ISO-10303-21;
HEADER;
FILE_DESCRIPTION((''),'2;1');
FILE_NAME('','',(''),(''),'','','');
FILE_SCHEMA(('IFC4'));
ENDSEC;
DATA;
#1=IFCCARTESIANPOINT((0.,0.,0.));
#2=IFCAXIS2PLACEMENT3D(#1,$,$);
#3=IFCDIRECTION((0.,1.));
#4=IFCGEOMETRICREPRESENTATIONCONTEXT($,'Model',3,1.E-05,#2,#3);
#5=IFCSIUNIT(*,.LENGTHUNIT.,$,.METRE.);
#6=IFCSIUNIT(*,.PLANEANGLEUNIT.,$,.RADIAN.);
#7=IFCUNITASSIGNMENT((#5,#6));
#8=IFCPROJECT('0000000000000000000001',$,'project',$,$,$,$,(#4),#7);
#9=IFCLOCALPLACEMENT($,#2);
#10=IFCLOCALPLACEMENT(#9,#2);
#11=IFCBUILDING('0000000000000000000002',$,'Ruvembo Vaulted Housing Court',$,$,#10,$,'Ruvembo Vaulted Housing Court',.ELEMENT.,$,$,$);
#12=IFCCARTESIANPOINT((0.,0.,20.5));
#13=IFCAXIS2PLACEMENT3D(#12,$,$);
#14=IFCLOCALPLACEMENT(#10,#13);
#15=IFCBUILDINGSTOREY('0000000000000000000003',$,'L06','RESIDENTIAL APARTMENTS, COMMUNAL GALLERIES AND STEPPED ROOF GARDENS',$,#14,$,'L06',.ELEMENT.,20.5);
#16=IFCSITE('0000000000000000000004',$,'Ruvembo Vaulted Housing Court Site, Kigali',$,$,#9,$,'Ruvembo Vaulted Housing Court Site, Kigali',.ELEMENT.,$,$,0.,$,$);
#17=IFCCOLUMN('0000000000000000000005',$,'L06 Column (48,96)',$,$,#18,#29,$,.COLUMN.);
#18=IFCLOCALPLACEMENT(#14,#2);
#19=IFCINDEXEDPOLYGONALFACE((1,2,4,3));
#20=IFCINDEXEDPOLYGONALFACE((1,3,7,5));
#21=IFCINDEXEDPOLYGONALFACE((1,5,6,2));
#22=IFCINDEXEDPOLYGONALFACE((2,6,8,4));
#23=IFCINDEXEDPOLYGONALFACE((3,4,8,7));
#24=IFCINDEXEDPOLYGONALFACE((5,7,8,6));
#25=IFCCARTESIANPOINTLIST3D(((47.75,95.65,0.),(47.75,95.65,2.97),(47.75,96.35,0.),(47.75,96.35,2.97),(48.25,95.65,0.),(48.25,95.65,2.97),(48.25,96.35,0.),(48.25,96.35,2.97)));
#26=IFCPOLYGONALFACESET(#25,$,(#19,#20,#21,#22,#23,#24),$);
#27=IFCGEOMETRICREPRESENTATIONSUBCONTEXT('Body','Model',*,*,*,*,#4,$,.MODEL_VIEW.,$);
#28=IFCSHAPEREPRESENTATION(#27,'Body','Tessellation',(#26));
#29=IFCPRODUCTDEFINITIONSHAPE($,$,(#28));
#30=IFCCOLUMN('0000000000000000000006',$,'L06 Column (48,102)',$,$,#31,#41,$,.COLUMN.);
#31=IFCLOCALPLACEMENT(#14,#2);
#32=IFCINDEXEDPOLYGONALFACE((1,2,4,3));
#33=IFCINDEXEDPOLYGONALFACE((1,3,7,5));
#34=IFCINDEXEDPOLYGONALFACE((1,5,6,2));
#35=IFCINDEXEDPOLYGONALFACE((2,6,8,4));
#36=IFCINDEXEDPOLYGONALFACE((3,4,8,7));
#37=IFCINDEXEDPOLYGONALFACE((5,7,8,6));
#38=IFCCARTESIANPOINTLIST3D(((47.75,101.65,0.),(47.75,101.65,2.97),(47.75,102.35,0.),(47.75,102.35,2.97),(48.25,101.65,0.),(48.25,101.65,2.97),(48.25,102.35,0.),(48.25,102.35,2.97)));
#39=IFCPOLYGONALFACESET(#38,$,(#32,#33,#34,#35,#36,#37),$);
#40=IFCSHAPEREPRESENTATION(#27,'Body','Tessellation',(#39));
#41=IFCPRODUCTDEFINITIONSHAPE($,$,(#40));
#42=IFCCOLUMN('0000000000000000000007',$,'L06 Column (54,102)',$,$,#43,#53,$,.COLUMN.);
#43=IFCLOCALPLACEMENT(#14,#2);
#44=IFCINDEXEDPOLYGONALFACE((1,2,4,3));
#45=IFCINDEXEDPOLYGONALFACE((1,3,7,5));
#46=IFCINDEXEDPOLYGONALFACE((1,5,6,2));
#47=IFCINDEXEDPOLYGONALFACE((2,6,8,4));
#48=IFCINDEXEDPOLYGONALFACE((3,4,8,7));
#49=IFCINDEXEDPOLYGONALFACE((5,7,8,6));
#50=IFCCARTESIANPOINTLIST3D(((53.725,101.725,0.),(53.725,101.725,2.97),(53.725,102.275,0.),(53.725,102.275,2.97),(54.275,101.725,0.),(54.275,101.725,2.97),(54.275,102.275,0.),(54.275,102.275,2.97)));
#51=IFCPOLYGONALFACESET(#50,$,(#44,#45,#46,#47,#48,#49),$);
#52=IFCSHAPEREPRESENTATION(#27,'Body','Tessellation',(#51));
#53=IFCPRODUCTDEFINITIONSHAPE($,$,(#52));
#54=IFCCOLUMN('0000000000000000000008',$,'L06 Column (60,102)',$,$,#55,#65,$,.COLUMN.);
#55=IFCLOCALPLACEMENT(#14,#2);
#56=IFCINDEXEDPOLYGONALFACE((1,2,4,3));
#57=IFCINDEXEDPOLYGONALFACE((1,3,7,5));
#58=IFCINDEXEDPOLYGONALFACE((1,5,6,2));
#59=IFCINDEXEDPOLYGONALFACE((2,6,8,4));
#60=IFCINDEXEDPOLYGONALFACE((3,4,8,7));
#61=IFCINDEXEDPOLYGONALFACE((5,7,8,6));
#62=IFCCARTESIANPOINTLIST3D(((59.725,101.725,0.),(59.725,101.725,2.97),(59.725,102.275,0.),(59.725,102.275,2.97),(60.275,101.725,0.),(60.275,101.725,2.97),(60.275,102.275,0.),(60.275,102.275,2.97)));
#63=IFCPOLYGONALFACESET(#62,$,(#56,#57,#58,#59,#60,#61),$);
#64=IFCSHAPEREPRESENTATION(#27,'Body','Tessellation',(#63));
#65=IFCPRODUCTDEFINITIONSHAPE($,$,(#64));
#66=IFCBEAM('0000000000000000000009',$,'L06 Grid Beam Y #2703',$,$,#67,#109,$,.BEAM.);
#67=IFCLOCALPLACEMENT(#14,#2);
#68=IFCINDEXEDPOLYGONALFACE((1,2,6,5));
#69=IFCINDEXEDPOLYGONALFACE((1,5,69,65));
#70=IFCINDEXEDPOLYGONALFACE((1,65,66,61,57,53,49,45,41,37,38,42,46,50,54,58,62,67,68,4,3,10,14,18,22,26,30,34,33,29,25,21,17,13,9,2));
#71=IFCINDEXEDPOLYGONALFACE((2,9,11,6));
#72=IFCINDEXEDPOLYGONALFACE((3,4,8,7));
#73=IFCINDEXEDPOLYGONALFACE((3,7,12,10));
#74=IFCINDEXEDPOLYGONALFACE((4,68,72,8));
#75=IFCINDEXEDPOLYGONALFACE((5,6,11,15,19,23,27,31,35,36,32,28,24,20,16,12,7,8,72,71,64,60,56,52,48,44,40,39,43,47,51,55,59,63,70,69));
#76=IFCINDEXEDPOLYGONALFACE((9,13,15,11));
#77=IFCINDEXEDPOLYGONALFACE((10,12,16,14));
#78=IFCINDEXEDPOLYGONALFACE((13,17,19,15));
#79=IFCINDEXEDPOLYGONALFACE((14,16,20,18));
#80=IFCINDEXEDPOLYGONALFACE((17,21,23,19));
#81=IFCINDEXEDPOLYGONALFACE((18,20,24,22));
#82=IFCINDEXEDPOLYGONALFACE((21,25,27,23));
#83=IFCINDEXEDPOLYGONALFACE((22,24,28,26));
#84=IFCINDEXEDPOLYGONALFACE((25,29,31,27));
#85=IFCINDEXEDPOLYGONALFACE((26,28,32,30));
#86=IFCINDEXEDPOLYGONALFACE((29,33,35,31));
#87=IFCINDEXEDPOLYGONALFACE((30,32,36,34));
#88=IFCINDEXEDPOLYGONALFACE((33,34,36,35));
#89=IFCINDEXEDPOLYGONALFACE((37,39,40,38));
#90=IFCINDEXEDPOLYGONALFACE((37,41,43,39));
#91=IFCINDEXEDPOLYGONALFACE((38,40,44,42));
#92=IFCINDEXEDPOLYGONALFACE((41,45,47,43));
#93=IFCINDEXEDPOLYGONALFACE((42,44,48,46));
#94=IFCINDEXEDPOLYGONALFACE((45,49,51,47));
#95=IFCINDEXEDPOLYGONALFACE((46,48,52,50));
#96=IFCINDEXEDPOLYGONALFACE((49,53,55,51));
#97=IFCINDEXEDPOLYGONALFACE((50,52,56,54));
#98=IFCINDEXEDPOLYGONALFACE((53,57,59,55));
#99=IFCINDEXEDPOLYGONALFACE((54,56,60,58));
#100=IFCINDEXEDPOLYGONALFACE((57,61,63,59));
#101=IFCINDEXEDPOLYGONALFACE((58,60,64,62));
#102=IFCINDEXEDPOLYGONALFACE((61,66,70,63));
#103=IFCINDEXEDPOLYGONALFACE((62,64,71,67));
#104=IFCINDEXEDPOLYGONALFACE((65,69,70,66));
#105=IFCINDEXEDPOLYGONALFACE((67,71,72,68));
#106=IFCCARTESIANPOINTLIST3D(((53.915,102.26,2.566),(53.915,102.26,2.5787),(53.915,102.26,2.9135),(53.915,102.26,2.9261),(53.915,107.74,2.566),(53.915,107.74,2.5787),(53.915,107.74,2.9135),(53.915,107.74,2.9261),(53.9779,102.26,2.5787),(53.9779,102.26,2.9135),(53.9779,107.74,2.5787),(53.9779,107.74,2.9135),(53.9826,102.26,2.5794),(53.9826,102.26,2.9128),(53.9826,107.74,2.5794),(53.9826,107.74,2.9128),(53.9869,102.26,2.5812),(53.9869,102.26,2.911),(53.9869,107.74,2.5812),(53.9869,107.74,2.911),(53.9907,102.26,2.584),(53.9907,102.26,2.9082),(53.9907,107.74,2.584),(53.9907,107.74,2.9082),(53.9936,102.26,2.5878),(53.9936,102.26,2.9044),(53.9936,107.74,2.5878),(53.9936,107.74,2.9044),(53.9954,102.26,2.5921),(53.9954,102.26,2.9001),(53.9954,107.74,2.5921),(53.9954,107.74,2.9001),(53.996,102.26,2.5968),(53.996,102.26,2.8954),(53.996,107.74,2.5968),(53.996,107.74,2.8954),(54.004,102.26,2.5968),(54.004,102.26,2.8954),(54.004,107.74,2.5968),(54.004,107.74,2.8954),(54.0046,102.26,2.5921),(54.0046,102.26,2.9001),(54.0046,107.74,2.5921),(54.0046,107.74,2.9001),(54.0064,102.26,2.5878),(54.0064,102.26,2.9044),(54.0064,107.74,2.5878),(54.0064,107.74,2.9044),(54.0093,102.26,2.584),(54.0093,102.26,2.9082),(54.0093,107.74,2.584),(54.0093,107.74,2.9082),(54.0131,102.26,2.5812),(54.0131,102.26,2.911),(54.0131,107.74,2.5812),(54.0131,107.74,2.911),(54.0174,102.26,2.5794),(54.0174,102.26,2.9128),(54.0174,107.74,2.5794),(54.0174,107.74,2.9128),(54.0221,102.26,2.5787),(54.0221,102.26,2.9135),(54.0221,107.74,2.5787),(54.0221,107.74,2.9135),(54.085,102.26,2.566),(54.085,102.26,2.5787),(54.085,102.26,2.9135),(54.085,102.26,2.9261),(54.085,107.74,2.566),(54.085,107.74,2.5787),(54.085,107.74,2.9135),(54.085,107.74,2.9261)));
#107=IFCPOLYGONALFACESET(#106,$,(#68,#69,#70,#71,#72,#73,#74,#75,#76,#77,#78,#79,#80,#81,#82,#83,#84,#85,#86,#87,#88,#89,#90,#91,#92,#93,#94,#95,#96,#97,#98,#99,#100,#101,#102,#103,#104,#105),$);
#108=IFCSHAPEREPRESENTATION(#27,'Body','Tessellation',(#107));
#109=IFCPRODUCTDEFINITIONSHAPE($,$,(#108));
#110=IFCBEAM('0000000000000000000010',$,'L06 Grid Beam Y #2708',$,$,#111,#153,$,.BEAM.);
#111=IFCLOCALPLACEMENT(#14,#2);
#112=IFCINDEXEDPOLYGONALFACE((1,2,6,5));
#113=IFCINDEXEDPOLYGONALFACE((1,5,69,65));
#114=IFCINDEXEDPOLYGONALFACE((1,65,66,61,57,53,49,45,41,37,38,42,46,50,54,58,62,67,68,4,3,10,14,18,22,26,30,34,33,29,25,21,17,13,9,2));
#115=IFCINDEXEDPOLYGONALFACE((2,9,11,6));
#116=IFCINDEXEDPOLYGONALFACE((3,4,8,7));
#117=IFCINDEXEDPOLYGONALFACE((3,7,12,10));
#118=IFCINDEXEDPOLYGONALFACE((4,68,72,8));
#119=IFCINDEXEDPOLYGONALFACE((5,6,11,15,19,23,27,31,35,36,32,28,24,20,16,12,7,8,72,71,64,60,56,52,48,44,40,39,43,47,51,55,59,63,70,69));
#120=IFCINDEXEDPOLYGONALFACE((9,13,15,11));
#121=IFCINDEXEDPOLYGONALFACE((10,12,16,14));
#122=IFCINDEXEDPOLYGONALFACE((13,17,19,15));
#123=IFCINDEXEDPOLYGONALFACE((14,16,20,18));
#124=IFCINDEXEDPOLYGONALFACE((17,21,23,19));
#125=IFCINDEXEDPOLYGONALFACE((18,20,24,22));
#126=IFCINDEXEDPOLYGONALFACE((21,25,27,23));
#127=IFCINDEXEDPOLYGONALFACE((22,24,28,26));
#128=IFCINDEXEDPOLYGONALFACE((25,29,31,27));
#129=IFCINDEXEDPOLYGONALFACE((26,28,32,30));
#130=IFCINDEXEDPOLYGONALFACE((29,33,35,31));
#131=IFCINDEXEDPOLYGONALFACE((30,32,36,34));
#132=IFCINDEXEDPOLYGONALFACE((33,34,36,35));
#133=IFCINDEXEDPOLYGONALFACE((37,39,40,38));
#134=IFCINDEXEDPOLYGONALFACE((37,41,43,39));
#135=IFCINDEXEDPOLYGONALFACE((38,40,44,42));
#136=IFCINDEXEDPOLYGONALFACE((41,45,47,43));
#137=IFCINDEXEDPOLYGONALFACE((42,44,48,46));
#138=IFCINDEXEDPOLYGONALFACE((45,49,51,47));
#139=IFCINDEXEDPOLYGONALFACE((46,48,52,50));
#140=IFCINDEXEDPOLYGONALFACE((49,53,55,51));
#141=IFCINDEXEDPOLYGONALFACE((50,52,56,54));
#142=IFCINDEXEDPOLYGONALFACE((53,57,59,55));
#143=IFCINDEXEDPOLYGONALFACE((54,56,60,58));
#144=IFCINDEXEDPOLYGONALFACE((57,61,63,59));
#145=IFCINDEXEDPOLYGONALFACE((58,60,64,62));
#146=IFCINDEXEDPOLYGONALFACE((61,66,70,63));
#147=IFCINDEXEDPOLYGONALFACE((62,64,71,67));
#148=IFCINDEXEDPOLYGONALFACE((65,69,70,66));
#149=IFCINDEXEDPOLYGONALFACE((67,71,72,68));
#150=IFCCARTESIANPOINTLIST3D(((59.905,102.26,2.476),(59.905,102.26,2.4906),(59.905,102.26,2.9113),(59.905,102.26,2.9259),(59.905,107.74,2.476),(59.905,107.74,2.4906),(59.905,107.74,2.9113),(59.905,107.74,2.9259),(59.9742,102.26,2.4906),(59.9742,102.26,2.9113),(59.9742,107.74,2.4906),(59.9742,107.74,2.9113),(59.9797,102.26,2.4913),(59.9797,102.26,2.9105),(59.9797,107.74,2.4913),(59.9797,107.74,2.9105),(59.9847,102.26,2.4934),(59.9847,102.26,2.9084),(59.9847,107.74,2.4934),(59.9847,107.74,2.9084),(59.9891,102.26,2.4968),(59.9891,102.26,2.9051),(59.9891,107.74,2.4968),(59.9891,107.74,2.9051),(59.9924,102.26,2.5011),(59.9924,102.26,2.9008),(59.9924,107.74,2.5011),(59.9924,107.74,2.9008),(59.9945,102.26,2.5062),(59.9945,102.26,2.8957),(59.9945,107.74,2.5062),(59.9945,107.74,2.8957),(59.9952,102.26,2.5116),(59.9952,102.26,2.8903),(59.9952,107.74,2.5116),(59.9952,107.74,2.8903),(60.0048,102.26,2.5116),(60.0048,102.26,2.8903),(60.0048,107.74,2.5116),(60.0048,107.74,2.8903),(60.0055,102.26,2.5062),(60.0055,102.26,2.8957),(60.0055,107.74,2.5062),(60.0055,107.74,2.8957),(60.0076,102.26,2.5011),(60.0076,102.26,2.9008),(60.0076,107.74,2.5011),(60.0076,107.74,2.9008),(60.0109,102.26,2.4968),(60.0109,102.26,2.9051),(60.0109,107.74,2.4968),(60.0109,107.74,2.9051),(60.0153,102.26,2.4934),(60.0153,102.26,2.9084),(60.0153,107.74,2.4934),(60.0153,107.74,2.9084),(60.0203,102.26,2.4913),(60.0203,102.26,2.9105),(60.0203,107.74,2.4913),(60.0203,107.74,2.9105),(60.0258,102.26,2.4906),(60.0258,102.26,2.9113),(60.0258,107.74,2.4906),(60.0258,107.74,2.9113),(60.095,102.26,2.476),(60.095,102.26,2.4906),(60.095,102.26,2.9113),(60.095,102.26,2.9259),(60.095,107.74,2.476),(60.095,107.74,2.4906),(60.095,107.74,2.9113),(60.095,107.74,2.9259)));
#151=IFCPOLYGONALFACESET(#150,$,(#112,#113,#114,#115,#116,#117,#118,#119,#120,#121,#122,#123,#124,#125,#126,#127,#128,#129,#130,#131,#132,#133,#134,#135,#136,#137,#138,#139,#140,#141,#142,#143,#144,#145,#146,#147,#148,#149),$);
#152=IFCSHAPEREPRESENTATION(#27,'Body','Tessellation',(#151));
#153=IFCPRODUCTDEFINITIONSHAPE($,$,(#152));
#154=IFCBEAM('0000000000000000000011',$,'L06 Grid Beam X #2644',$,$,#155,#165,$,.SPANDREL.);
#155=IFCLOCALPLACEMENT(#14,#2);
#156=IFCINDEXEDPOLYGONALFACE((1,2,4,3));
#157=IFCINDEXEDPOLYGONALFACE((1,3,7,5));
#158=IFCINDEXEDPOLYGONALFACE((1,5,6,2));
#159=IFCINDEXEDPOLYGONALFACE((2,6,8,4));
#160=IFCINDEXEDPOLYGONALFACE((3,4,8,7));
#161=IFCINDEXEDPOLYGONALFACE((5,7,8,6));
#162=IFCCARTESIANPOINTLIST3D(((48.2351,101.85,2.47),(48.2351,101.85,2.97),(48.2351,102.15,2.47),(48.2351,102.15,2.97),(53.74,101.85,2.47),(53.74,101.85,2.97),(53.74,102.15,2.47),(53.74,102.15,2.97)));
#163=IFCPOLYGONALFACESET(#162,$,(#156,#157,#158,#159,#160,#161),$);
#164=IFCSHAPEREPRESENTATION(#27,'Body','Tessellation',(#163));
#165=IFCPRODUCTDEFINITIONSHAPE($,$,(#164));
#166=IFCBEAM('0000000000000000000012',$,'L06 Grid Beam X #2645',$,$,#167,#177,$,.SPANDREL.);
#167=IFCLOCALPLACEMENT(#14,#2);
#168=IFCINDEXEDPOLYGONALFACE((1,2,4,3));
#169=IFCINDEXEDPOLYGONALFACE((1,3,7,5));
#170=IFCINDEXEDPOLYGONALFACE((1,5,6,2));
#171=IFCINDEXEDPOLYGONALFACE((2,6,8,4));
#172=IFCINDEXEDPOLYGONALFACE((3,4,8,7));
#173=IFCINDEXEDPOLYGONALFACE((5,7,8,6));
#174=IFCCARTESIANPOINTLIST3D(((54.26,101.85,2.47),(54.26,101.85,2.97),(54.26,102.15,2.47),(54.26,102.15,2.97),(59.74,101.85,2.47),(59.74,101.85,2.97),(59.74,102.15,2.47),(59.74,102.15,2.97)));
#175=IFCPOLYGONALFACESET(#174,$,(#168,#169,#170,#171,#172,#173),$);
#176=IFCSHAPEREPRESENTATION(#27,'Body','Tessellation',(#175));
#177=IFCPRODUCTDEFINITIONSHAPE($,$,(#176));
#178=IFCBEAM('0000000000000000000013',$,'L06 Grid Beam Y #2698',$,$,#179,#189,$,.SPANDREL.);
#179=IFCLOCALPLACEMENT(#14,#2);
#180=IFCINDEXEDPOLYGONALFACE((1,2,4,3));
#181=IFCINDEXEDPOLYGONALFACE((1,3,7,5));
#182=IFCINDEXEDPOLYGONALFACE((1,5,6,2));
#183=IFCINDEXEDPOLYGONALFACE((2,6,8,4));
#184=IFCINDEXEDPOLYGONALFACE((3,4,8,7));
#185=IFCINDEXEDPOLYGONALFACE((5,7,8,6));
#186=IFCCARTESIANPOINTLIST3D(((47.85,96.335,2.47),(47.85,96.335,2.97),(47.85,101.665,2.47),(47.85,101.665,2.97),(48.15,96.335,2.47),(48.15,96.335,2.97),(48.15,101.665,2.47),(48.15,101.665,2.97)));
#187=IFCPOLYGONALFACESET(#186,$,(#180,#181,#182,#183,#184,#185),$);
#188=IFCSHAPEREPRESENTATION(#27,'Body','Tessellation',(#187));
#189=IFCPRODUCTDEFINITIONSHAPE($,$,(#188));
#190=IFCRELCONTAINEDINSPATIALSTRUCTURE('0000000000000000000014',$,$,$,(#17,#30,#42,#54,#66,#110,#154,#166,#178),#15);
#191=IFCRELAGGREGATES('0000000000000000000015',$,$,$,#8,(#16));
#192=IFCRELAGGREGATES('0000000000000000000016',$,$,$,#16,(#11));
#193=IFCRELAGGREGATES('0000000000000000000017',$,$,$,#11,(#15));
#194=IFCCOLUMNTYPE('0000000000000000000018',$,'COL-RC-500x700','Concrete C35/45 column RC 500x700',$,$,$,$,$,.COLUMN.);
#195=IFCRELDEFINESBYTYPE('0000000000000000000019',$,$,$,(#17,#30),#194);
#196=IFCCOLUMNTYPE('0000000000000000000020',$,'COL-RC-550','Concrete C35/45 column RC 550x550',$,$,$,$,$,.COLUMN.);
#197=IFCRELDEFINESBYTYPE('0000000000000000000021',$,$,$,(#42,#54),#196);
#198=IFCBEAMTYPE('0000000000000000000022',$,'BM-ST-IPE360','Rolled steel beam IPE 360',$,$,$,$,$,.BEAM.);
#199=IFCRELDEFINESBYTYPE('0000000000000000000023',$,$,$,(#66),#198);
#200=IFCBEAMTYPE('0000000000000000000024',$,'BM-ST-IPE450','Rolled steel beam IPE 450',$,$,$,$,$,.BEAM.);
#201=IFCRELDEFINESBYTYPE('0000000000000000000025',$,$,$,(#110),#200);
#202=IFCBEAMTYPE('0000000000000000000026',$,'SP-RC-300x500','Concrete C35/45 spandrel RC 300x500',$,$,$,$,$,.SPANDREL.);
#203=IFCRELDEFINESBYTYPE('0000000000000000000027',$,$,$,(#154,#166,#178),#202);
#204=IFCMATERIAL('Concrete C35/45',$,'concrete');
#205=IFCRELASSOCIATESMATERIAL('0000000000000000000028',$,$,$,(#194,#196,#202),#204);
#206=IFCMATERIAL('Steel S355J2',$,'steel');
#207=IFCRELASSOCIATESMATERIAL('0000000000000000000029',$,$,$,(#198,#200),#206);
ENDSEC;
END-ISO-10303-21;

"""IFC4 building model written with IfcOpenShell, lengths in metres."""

from ifc_helpers import new_model, si_unit, direction, frame, origin, origin_2d, place, context, subcontext, project, spatial, rectangle, i_section, extrude, material, material_profile, profile_set, type_object, element, save


model = new_model("IFC4")

# Units and contexts
model_context = context("Model", 3, precision=1e-05, world=origin(), true_north=direction((0.0, 1.0)))
body_context = subcontext(model_context, "Body", "Model", "MODEL_VIEW")
ifc_project = project(units=[si_unit("LENGTHUNIT", "METRE"), si_unit("PLANEANGLEUNIT", "RADIAN")], contexts=[model_context])

# Site, building, storey
site_placement = place(None, origin())
site = spatial("IfcSite", under=ifc_project, at=site_placement, Name="Ruvembo Vaulted Housing Court Site, Kigali", LongName="Ruvembo Vaulted Housing Court Site, Kigali", CompositionType="ELEMENT", RefElevation=0.0)
building_placement = place(site_placement, origin())
building = spatial("IfcBuilding", under=site, at=building_placement, Name="Ruvembo Vaulted Housing Court", LongName="Ruvembo Vaulted Housing Court", CompositionType="ELEMENT")
storey_placement = place(building_placement, frame((0.0, 0.0, 20.5)))
storey = spatial("IfcBuildingStorey", under=building, at=storey_placement, Name="L06", Description="RESIDENTIAL APARTMENTS, COMMUNAL GALLERIES AND STEPPED ROOF GARDENS", LongName="L06", CompositionType="ELEMENT", Elevation=20.5)

# Columns
ifc_material_1 = material(Name="Concrete C35/45", Category="concrete")
ifc_material_profile_1 = material_profile(ifc_material_1, rectangle(XDim=0.5, YDim=0.7, at=origin_2d()), Name="RC 500x700")
ifc_profile_set_1 = profile_set([ifc_material_profile_1], Name="Concrete C35/45")
column_type_1 = type_object("IfcColumnType", Name="COL-RC-500x700", Description="Concrete C35/45 column RC 500x700", PredefinedType="COLUMN", material=ifc_profile_set_1)
for number, where, z_axis, x_axis, name in (
    (1, (48.0, 96.0, 0.0), (0.0, 0.0, 1.0), (1.0, 0.0, 0.0), "L06 Column (48,96)"),
    (2, (48.0, 102.0, 0.0), (0.0, 0.0, 1.0), (1.0, 0.0, 0.0), "L06 Column (48,102)"),
):
    element("IfcColumn", number, at=place(storey_placement, frame(where, z_axis=z_axis, x_axis=x_axis)), inside=storey, type_object=column_type_1, Name=name, PredefinedType="COLUMN", context=body_context, shape_type="SweptSolid", body=[
        extrude(rectangle(XDim=0.5, YDim=0.7, at=origin_2d()), origin(), (0.0, 0.0, 1.0), 2.97),
    ])
ifc_material_profile_2 = material_profile(ifc_material_1, rectangle(XDim=0.55, YDim=0.55, at=origin_2d()), Name="RC 550x550")
ifc_profile_set_2 = profile_set([ifc_material_profile_2], Name="Concrete C35/45")
column_type_2 = type_object("IfcColumnType", Name="COL-RC-550", Description="Concrete C35/45 column RC 550x550", PredefinedType="COLUMN", material=ifc_profile_set_2)
for number, where, z_axis, x_axis, name in (
    (3, (54.0, 102.0, 0.0), (0.0, 0.0, 1.0), (1.0, 0.0, 0.0), "L06 Column (54,102)"),
    (4, (60.0, 102.0, 0.0), (0.0, 0.0, 1.0), (1.0, 0.0, 0.0), "L06 Column (60,102)"),
):
    element("IfcColumn", number, at=place(storey_placement, frame(where, z_axis=z_axis, x_axis=x_axis)), inside=storey, type_object=column_type_2, Name=name, PredefinedType="COLUMN", context=body_context, shape_type="SweptSolid", body=[
        extrude(rectangle(XDim=0.55, YDim=0.55, at=origin_2d()), origin(), (0.0, 0.0, 1.0), 2.97),
    ])

# Beams
ifc_material_2 = material(Name="Steel S355J2", Category="steel")
ifc_material_profile_3 = material_profile(ifc_material_2, i_section(OverallWidth=0.1699, OverallDepth=0.3601, WebThickness=0.0081, FlangeThickness=0.0127, FilletRadius=0.0181, at=origin_2d()), Name="IPE 360")
ifc_profile_set_3 = profile_set([ifc_material_profile_3], Name="Steel S355J2")
beam_type_1 = type_object("IfcBeamType", Name="BM-ST-IPE360", Description="Rolled steel beam IPE 360", PredefinedType="BEAM", material=ifc_profile_set_3)
beam_1_placement = place(storey_placement, frame((54.0, 102.26, 2.7461), z_axis=(0.0, 1.0, 0.0), x_axis=(-1.0, 0.0, 0.0)))
element("IfcBeam", 5, at=beam_1_placement, inside=storey, type_object=beam_type_1, Name="L06 Grid Beam Y #2703", PredefinedType="BEAM", context=body_context, shape_type="SweptSolid", body=[
    extrude(i_section(OverallWidth=0.1699, OverallDepth=0.3601, WebThickness=0.0081, FlangeThickness=0.0127, FilletRadius=0.0181, at=origin_2d()), origin(), (0.0, 0.0, 1.0), 5.48),
])
ifc_material_profile_4 = material_profile(ifc_material_2, i_section(OverallWidth=0.1899, OverallDepth=0.45, WebThickness=0.0095, FlangeThickness=0.0146, FilletRadius=0.021, at=origin_2d()), Name="IPE 450")
ifc_profile_set_4 = profile_set([ifc_material_profile_4], Name="Steel S355J2")
beam_type_2 = type_object("IfcBeamType", Name="BM-ST-IPE450", Description="Rolled steel beam IPE 450", PredefinedType="BEAM", material=ifc_profile_set_4)
beam_2_placement = place(storey_placement, frame((60.0, 102.26, 2.7009), z_axis=(0.0, 1.0, 0.0), x_axis=(-1.0, 0.0, 0.0)))
element("IfcBeam", 6, at=beam_2_placement, inside=storey, type_object=beam_type_2, Name="L06 Grid Beam Y #2708", PredefinedType="BEAM", context=body_context, shape_type="SweptSolid", body=[
    extrude(i_section(OverallWidth=0.1899, OverallDepth=0.45, WebThickness=0.0095, FlangeThickness=0.0146, FilletRadius=0.021, at=origin_2d()), origin(), (0.0, 0.0, 1.0), 5.48),
])
ifc_material_profile_5 = material_profile(ifc_material_1, rectangle(XDim=0.3, YDim=0.5, at=origin_2d()), Name="RC 300x500")
ifc_profile_set_5 = profile_set([ifc_material_profile_5], Name="Concrete C35/45")
beam_type_3 = type_object("IfcBeamType", Name="SP-RC-300x500", Description="Concrete C35/45 spandrel RC 300x500", PredefinedType="SPANDREL", material=ifc_profile_set_5)
beam_3_placement = place(storey_placement, frame((48.2351, 102.0, 2.72), z_axis=(1.0, 0.0, 0.0), x_axis=(0.0, 1.0, 0.0)))
element("IfcBeam", 7, at=beam_3_placement, inside=storey, type_object=beam_type_3, Name="L06 Grid Beam X #2644", PredefinedType="SPANDREL", context=body_context, shape_type="SweptSolid", body=[
    extrude(rectangle(XDim=0.3, YDim=0.5, at=origin_2d()), origin(), (0.0, 0.0, 1.0), 5.5049),
])
beam_4_placement = place(storey_placement, frame((54.26, 102.0, 2.72), z_axis=(1.0, 0.0, 0.0), x_axis=(0.0, 1.0, 0.0)))
element("IfcBeam", 8, at=beam_4_placement, inside=storey, type_object=beam_type_3, Name="L06 Grid Beam X #2645", PredefinedType="SPANDREL", context=body_context, shape_type="SweptSolid", body=[
    extrude(rectangle(XDim=0.3, YDim=0.5, at=origin_2d()), origin(), (0.0, 0.0, 1.0), 5.48),
])
for number, where, z_axis, x_axis, name in (
    (9, (48.0, 96.335, 2.72), (0.0, 1.0, 0.0), (-1.0, 0.0, 0.0), "L06 Grid Beam Y #2698"),
):
    element("IfcBeam", number, at=place(storey_placement, frame(where, z_axis=z_axis, x_axis=x_axis)), inside=storey, type_object=beam_type_3, Name=name, PredefinedType="SPANDREL", context=body_context, shape_type="SweptSolid", body=[
        extrude(rectangle(XDim=0.3, YDim=0.5, at=origin_2d()), origin(), (0.0, 0.0, 1.0), 5.3301),
    ])

save(model, "model.ifc")
